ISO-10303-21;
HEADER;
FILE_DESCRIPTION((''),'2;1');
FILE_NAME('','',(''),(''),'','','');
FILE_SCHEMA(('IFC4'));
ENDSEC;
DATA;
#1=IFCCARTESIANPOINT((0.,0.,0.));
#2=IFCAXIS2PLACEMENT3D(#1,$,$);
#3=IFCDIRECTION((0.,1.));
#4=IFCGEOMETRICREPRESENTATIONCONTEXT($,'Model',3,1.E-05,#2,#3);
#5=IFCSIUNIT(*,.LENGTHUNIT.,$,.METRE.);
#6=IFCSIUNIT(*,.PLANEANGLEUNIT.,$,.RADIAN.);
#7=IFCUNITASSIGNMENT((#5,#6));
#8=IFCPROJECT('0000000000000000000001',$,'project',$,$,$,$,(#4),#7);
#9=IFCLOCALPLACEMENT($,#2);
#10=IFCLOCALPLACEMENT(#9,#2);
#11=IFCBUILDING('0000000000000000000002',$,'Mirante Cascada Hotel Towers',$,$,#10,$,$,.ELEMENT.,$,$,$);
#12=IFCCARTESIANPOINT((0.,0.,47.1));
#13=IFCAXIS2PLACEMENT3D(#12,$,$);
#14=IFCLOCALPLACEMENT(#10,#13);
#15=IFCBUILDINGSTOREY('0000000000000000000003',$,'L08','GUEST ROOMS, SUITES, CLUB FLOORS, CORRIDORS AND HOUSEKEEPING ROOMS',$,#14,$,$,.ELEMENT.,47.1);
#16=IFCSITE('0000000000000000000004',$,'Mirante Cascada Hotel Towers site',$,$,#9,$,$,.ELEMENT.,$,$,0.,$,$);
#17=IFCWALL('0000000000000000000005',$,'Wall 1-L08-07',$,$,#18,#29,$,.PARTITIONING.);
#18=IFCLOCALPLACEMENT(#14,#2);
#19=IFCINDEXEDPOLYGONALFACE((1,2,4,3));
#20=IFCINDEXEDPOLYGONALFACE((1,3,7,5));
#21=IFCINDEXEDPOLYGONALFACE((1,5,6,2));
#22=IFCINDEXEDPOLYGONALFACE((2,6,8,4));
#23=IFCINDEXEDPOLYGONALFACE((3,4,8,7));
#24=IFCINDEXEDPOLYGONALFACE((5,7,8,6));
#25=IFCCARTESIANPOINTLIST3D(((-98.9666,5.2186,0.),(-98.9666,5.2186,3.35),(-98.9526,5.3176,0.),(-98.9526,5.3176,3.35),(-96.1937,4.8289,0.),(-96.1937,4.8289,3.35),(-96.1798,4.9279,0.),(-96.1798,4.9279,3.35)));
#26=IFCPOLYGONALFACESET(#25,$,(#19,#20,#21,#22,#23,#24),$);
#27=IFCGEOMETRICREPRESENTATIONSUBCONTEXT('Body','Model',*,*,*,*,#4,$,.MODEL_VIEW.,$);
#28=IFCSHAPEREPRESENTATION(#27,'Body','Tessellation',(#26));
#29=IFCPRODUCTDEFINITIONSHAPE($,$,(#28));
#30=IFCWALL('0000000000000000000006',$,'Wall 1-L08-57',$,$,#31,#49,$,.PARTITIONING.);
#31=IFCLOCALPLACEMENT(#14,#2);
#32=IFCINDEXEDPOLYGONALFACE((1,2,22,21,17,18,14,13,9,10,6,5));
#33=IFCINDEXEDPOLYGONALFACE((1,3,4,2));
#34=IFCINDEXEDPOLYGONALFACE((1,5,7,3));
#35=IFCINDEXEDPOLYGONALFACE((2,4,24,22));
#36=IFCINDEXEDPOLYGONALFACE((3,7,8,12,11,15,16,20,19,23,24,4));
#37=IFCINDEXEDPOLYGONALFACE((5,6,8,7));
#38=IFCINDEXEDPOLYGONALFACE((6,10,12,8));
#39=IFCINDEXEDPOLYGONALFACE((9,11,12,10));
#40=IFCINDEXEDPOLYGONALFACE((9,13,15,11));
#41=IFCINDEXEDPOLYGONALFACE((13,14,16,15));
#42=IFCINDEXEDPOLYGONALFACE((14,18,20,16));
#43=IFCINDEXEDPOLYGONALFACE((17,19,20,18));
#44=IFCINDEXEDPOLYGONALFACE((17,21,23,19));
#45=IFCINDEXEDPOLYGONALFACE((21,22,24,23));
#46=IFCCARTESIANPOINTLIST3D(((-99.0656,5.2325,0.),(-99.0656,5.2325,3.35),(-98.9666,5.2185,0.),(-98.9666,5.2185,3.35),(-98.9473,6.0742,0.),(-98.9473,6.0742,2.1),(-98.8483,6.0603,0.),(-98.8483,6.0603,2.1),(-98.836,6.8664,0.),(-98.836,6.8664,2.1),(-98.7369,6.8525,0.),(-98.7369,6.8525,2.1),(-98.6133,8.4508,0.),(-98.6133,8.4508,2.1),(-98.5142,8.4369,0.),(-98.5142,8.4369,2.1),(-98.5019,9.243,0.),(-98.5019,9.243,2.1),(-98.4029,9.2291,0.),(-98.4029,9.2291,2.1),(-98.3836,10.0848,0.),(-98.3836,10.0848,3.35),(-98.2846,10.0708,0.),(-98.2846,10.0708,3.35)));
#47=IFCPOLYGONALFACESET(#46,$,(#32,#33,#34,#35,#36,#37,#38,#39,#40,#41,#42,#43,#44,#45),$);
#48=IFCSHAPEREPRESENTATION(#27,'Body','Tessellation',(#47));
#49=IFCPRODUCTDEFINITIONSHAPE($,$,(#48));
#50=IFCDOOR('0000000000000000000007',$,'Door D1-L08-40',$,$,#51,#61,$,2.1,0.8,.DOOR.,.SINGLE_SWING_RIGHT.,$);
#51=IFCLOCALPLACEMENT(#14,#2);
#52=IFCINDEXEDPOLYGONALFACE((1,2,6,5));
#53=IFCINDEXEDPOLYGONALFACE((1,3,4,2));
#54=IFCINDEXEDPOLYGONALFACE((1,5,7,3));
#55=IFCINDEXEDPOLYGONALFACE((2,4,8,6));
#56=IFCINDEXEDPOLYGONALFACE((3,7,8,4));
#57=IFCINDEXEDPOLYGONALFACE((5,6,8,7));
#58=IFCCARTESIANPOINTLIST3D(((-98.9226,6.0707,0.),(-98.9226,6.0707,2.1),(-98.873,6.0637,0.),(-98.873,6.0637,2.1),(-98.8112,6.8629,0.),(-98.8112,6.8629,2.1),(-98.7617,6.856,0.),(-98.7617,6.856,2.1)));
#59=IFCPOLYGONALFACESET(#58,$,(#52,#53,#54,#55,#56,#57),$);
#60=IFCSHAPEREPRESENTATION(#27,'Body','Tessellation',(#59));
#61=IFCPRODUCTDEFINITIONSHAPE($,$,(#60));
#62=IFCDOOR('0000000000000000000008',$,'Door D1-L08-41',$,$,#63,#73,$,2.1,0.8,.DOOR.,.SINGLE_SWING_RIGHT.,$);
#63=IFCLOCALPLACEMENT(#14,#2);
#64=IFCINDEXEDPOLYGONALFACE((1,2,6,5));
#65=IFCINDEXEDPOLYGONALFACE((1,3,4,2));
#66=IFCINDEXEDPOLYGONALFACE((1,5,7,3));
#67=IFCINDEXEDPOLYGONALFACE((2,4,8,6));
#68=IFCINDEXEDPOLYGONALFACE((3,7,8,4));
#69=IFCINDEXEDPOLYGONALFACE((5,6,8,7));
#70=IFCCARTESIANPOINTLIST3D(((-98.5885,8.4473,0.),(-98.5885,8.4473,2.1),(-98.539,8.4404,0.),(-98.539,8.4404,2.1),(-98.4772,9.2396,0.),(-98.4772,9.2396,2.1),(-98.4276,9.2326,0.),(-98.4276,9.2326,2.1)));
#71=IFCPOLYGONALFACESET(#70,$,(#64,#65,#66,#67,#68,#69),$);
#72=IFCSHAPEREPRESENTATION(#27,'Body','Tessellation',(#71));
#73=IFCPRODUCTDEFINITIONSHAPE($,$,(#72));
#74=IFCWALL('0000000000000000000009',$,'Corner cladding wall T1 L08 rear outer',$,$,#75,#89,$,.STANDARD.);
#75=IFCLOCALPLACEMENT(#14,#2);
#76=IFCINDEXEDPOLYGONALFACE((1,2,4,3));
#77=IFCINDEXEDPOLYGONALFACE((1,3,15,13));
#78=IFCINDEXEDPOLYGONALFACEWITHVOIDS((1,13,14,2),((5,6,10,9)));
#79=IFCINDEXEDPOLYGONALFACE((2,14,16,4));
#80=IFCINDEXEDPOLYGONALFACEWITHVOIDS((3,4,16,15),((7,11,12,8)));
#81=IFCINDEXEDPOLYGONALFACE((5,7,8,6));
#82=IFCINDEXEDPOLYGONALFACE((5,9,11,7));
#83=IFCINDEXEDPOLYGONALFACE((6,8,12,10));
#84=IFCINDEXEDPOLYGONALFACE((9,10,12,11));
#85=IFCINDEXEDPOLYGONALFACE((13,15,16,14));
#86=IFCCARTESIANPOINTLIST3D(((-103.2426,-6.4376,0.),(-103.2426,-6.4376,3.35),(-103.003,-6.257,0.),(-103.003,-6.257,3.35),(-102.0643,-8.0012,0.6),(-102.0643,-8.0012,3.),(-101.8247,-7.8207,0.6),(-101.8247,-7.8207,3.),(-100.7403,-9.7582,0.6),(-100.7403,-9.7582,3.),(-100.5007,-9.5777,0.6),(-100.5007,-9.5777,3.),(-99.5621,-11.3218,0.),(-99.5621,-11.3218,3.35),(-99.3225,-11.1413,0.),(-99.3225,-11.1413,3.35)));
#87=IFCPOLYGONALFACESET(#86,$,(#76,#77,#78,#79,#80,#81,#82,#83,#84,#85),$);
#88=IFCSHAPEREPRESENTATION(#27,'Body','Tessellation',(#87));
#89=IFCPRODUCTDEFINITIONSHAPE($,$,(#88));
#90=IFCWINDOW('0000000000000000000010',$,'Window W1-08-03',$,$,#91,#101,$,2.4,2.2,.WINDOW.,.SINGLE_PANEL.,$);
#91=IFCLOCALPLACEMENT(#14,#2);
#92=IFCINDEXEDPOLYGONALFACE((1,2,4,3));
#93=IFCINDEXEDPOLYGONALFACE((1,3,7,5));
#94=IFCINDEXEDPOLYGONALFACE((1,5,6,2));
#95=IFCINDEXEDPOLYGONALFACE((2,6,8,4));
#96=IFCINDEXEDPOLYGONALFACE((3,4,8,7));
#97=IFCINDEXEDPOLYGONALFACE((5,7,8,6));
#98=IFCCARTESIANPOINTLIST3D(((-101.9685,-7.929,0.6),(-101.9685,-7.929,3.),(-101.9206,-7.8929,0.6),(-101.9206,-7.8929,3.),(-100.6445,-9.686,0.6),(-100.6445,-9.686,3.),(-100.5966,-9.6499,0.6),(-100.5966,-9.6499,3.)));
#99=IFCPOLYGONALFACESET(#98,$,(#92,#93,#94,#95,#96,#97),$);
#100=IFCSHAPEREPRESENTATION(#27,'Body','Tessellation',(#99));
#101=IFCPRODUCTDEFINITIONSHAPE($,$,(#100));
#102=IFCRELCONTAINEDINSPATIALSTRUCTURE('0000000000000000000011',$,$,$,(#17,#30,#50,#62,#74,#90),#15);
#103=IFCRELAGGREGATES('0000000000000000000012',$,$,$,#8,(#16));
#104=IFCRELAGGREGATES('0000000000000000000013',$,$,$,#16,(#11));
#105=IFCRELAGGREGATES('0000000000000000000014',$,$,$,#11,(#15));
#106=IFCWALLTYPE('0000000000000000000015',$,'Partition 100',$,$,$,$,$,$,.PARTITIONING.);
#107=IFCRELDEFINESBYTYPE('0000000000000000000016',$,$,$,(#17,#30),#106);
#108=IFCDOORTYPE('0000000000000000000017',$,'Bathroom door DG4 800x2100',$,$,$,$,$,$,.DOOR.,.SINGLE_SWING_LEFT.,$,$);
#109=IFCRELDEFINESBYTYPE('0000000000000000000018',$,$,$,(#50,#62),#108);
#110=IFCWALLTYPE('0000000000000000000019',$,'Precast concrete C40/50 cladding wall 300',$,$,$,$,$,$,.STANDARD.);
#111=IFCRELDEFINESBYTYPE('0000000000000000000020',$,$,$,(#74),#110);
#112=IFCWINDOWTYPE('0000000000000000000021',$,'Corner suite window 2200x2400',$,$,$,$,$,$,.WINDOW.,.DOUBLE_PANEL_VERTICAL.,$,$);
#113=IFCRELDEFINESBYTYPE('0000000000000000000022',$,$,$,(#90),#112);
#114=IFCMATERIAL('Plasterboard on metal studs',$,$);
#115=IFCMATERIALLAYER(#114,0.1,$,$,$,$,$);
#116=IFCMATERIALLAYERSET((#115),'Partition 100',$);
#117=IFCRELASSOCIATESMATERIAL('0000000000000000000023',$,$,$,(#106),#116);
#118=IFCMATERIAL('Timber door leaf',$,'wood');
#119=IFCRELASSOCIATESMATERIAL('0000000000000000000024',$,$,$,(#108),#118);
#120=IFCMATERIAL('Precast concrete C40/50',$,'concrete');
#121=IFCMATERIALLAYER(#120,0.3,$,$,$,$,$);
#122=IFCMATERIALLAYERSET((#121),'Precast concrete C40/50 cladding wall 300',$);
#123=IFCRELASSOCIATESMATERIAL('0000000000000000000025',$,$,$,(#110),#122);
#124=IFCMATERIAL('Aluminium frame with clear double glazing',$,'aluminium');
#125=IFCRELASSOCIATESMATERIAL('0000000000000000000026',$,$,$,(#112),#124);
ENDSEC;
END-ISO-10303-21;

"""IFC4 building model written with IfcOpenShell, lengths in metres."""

from ifc_helpers import new_model, si_unit, direction, frame, frame_2d, origin, place, context, subcontext, project, spatial, rectangle, extrude, material, layer, layer_set, type_object, element, fill, save


model = new_model("IFC4")

# Units and contexts
model_context = context("Model", 3, precision=1e-05, world=origin(), true_north=direction((0.0, 1.0)))
body_context = subcontext(model_context, "Body", "Model", "MODEL_VIEW")
ifc_project = project(units=[si_unit("LENGTHUNIT", "METRE"), si_unit("PLANEANGLEUNIT", "RADIAN")], contexts=[model_context])

# Site, building, storey
site_placement = place(None, origin())
site = spatial("IfcSite", under=ifc_project, at=site_placement, Name="Mirante Cascada Hotel Towers site", CompositionType="ELEMENT", RefElevation=0.0)
building_placement = place(site_placement, origin())
building = spatial("IfcBuilding", under=site, at=building_placement, Name="Mirante Cascada Hotel Towers", CompositionType="ELEMENT")
storey_placement = place(building_placement, frame((0.0, 0.0, 47.1)))
storey = spatial("IfcBuildingStorey", under=building, at=storey_placement, Name="L08", Description="GUEST ROOMS, SUITES, CLUB FLOORS, CORRIDORS AND HOUSEKEEPING ROOMS", CompositionType="ELEMENT", Elevation=47.1)

# Shared definitions
ifc_material_1 = material(Name="Plasterboard on metal studs")
ifc_layer_1 = layer(ifc_material_1, 0.1)
ifc_layer_set_1 = layer_set([ifc_layer_1], Name="Partition 100")
wall_type_1 = type_object("IfcWallType", Name="Partition 100", PredefinedType="PARTITIONING", material=ifc_layer_set_1)

# Wall
wall_1_placement = place(storey_placement, frame((-96.1868, 4.8784, 0.0), z_axis=(0.0, 0.0, 1.0), x_axis=(-0.990268, 0.139176, 0.0)))
element("IfcWall", 1, at=wall_1_placement, inside=storey, type_object=wall_type_1, Name="Wall 1-L08-07", PredefinedType="PARTITIONING", context=body_context, shape_type="SweptSolid", body=[
    extrude(rectangle(XDim=2.8001, YDim=0.1, at=frame_2d((1.4, 0.0))), origin(), (0.0, 0.0, 1.0), 3.35),
])

# Wall, openings, doors
wall_2_placement = place(storey_placement, frame((-99.0161, 5.2255, 0.0), z_axis=(0.0, 0.0, 1.0), x_axis=(0.139184, 0.990267, 0.0)))
wall_2 = element("IfcWall", 2, at=wall_2_placement, inside=storey, type_object=wall_type_1, Name="Wall 1-L08-57", PredefinedType="PARTITIONING", context=body_context, shape_type="SweptSolid", body=[
    extrude(rectangle(XDim=4.9, YDim=0.1, at=frame_2d((2.45, 0.0))), origin(), (0.0, 0.0, 1.0), 3.35),
])
opening_1_placement = place(wall_2_placement, frame((0.85, 0.0, 0.0)))
opening_1 = element("IfcOpeningElement", 3, at=opening_1_placement, cuts=wall_2, PredefinedType="OPENING", context=body_context, shape_type="SweptSolid", body=[
    extrude(rectangle(XDim=0.8, YDim=2.1, at=frame_2d((0.4, 1.05))), frame((0.0, 0.05, 0.0), z_axis=(0.0, -1.0, 0.0), x_axis=(1.0, 0.0, 0.0)), (0.0, 0.0, 1.0), 0.1),
])
opening_2_placement = place(wall_2_placement, frame((3.25, 0.0, 0.0)))
opening_2 = element("IfcOpeningElement", 4, at=opening_2_placement, cuts=wall_2, PredefinedType="OPENING", context=body_context, shape_type="SweptSolid", body=[
    extrude(rectangle(XDim=0.8, YDim=2.1, at=frame_2d((0.4, 1.05))), frame((0.0, 0.05, 0.0), z_axis=(0.0, -1.0, 0.0), x_axis=(1.0, 0.0, 0.0)), (0.0, 0.0, 1.0), 0.1),
])
ifc_material_2 = material(Name="Timber door leaf", Category="wood")
door_type_1 = type_object("IfcDoorType", Name="Bathroom door DG4 800x2100", OperationType="SINGLE_SWING_LEFT", PredefinedType="DOOR", material=ifc_material_2)
door_1_placement = place(opening_1_placement, frame((0.8, 0.0, 0.0), z_axis=(0.0, 0.0, 1.0), x_axis=(-1.0, 0.0, 0.0)))
door_1 = element("IfcDoor", 5, at=door_1_placement, inside=storey, type_object=door_type_1, Name="Door D1-L08-40", OperationType="SINGLE_SWING_RIGHT", OverallHeight=2.1, OverallWidth=0.8, PredefinedType="DOOR", context=body_context, shape_type="SweptSolid", body=[
    extrude(rectangle(XDim=0.8, YDim=2.1, at=frame_2d((0.4, 1.05))), frame((0.0, 0.025, 0.0), z_axis=(0.0, -1.0, 0.0), x_axis=(1.0, 0.0, 0.0)), (0.0, 0.0, 1.0), 0.05),
])
fill(opening_1, door_1)
door_2_placement = place(opening_2_placement, frame((0.8, 0.0, 0.0), z_axis=(0.0, 0.0, 1.0), x_axis=(-1.0, 0.0, 0.0)))
door_2 = element("IfcDoor", 6, at=door_2_placement, inside=storey, type_object=door_type_1, Name="Door D1-L08-41", OperationType="SINGLE_SWING_RIGHT", OverallHeight=2.1, OverallWidth=0.8, PredefinedType="DOOR", context=body_context, shape_type="SweptSolid", body=[
    extrude(rectangle(XDim=0.8, YDim=2.1, at=frame_2d((0.4, 1.05))), frame((0.0, 0.025, 0.0), z_axis=(0.0, -1.0, 0.0), x_axis=(1.0, 0.0, 0.0)), (0.0, 0.0, 1.0), 0.05),
])
fill(opening_2, door_2)

# Wall, opening, window
ifc_material_3 = material(Name="Precast concrete C40/50", Category="concrete")
ifc_layer_2 = layer(ifc_material_3, 0.3)
ifc_layer_set_2 = layer_set([ifc_layer_2], Name="Precast concrete C40/50 cladding wall 300")
wall_type_2 = type_object("IfcWallType", Name="Precast concrete C40/50 cladding wall 300", PredefinedType="STANDARD", material=ifc_layer_set_2)
wall_3_placement = place(storey_placement, frame((-99.4423, -11.2315, 0.0), z_axis=(0.0, 0.0, 1.0), x_axis=(-0.601814, 0.798636, 0.0)))
wall_3 = element("IfcWall", 7, at=wall_3_placement, inside=storey, type_object=wall_type_2, Name="Corner cladding wall T1 L08 rear outer", PredefinedType="STANDARD", context=body_context, shape_type="SweptSolid", body=[
    extrude(rectangle(XDim=6.1157, YDim=0.3, at=frame_2d((3.0578, 0.0))), origin(), (0.0, 0.0, 1.0), 3.35),
])
opening_3_placement = place(wall_3_placement, frame((1.9578, 0.0, 0.6)))
opening_3 = element("IfcOpeningElement", 8, at=opening_3_placement, cuts=wall_3, PredefinedType="OPENING", context=body_context, shape_type="SweptSolid", body=[
    extrude(rectangle(XDim=2.2, YDim=2.4, at=frame_2d((1.1, 1.2))), frame((0.0, 0.15, 0.0), z_axis=(0.0, -1.0, 0.0), x_axis=(1.0, 0.0, 0.0)), (0.0, 0.0, 1.0), 0.3),
])
ifc_material_4 = material(Name="Aluminium frame with clear double glazing", Category="aluminium")
window_type = type_object("IfcWindowType", Name="Corner suite window 2200x2400", PartitioningType="DOUBLE_PANEL_VERTICAL", PredefinedType="WINDOW", material=ifc_material_4)
window_placement = place(opening_3_placement, origin())
window = element("IfcWindow", 9, at=window_placement, inside=storey, type_object=window_type, Name="Window W1-08-03", OverallHeight=2.4, OverallWidth=2.2, PartitioningType="SINGLE_PANEL", PredefinedType="WINDOW", context=body_context, shape_type="SweptSolid", body=[
    extrude(rectangle(XDim=2.2, YDim=2.4, at=frame_2d((1.1, 1.2))), frame((0.0, 0.03, 0.0), z_axis=(0.0, -1.0, 0.0), x_axis=(1.0, 0.0, 0.0)), (0.0, 0.0, 1.0), 0.06),
])
fill(opening_3, window)

save(model, "model.ifc")
